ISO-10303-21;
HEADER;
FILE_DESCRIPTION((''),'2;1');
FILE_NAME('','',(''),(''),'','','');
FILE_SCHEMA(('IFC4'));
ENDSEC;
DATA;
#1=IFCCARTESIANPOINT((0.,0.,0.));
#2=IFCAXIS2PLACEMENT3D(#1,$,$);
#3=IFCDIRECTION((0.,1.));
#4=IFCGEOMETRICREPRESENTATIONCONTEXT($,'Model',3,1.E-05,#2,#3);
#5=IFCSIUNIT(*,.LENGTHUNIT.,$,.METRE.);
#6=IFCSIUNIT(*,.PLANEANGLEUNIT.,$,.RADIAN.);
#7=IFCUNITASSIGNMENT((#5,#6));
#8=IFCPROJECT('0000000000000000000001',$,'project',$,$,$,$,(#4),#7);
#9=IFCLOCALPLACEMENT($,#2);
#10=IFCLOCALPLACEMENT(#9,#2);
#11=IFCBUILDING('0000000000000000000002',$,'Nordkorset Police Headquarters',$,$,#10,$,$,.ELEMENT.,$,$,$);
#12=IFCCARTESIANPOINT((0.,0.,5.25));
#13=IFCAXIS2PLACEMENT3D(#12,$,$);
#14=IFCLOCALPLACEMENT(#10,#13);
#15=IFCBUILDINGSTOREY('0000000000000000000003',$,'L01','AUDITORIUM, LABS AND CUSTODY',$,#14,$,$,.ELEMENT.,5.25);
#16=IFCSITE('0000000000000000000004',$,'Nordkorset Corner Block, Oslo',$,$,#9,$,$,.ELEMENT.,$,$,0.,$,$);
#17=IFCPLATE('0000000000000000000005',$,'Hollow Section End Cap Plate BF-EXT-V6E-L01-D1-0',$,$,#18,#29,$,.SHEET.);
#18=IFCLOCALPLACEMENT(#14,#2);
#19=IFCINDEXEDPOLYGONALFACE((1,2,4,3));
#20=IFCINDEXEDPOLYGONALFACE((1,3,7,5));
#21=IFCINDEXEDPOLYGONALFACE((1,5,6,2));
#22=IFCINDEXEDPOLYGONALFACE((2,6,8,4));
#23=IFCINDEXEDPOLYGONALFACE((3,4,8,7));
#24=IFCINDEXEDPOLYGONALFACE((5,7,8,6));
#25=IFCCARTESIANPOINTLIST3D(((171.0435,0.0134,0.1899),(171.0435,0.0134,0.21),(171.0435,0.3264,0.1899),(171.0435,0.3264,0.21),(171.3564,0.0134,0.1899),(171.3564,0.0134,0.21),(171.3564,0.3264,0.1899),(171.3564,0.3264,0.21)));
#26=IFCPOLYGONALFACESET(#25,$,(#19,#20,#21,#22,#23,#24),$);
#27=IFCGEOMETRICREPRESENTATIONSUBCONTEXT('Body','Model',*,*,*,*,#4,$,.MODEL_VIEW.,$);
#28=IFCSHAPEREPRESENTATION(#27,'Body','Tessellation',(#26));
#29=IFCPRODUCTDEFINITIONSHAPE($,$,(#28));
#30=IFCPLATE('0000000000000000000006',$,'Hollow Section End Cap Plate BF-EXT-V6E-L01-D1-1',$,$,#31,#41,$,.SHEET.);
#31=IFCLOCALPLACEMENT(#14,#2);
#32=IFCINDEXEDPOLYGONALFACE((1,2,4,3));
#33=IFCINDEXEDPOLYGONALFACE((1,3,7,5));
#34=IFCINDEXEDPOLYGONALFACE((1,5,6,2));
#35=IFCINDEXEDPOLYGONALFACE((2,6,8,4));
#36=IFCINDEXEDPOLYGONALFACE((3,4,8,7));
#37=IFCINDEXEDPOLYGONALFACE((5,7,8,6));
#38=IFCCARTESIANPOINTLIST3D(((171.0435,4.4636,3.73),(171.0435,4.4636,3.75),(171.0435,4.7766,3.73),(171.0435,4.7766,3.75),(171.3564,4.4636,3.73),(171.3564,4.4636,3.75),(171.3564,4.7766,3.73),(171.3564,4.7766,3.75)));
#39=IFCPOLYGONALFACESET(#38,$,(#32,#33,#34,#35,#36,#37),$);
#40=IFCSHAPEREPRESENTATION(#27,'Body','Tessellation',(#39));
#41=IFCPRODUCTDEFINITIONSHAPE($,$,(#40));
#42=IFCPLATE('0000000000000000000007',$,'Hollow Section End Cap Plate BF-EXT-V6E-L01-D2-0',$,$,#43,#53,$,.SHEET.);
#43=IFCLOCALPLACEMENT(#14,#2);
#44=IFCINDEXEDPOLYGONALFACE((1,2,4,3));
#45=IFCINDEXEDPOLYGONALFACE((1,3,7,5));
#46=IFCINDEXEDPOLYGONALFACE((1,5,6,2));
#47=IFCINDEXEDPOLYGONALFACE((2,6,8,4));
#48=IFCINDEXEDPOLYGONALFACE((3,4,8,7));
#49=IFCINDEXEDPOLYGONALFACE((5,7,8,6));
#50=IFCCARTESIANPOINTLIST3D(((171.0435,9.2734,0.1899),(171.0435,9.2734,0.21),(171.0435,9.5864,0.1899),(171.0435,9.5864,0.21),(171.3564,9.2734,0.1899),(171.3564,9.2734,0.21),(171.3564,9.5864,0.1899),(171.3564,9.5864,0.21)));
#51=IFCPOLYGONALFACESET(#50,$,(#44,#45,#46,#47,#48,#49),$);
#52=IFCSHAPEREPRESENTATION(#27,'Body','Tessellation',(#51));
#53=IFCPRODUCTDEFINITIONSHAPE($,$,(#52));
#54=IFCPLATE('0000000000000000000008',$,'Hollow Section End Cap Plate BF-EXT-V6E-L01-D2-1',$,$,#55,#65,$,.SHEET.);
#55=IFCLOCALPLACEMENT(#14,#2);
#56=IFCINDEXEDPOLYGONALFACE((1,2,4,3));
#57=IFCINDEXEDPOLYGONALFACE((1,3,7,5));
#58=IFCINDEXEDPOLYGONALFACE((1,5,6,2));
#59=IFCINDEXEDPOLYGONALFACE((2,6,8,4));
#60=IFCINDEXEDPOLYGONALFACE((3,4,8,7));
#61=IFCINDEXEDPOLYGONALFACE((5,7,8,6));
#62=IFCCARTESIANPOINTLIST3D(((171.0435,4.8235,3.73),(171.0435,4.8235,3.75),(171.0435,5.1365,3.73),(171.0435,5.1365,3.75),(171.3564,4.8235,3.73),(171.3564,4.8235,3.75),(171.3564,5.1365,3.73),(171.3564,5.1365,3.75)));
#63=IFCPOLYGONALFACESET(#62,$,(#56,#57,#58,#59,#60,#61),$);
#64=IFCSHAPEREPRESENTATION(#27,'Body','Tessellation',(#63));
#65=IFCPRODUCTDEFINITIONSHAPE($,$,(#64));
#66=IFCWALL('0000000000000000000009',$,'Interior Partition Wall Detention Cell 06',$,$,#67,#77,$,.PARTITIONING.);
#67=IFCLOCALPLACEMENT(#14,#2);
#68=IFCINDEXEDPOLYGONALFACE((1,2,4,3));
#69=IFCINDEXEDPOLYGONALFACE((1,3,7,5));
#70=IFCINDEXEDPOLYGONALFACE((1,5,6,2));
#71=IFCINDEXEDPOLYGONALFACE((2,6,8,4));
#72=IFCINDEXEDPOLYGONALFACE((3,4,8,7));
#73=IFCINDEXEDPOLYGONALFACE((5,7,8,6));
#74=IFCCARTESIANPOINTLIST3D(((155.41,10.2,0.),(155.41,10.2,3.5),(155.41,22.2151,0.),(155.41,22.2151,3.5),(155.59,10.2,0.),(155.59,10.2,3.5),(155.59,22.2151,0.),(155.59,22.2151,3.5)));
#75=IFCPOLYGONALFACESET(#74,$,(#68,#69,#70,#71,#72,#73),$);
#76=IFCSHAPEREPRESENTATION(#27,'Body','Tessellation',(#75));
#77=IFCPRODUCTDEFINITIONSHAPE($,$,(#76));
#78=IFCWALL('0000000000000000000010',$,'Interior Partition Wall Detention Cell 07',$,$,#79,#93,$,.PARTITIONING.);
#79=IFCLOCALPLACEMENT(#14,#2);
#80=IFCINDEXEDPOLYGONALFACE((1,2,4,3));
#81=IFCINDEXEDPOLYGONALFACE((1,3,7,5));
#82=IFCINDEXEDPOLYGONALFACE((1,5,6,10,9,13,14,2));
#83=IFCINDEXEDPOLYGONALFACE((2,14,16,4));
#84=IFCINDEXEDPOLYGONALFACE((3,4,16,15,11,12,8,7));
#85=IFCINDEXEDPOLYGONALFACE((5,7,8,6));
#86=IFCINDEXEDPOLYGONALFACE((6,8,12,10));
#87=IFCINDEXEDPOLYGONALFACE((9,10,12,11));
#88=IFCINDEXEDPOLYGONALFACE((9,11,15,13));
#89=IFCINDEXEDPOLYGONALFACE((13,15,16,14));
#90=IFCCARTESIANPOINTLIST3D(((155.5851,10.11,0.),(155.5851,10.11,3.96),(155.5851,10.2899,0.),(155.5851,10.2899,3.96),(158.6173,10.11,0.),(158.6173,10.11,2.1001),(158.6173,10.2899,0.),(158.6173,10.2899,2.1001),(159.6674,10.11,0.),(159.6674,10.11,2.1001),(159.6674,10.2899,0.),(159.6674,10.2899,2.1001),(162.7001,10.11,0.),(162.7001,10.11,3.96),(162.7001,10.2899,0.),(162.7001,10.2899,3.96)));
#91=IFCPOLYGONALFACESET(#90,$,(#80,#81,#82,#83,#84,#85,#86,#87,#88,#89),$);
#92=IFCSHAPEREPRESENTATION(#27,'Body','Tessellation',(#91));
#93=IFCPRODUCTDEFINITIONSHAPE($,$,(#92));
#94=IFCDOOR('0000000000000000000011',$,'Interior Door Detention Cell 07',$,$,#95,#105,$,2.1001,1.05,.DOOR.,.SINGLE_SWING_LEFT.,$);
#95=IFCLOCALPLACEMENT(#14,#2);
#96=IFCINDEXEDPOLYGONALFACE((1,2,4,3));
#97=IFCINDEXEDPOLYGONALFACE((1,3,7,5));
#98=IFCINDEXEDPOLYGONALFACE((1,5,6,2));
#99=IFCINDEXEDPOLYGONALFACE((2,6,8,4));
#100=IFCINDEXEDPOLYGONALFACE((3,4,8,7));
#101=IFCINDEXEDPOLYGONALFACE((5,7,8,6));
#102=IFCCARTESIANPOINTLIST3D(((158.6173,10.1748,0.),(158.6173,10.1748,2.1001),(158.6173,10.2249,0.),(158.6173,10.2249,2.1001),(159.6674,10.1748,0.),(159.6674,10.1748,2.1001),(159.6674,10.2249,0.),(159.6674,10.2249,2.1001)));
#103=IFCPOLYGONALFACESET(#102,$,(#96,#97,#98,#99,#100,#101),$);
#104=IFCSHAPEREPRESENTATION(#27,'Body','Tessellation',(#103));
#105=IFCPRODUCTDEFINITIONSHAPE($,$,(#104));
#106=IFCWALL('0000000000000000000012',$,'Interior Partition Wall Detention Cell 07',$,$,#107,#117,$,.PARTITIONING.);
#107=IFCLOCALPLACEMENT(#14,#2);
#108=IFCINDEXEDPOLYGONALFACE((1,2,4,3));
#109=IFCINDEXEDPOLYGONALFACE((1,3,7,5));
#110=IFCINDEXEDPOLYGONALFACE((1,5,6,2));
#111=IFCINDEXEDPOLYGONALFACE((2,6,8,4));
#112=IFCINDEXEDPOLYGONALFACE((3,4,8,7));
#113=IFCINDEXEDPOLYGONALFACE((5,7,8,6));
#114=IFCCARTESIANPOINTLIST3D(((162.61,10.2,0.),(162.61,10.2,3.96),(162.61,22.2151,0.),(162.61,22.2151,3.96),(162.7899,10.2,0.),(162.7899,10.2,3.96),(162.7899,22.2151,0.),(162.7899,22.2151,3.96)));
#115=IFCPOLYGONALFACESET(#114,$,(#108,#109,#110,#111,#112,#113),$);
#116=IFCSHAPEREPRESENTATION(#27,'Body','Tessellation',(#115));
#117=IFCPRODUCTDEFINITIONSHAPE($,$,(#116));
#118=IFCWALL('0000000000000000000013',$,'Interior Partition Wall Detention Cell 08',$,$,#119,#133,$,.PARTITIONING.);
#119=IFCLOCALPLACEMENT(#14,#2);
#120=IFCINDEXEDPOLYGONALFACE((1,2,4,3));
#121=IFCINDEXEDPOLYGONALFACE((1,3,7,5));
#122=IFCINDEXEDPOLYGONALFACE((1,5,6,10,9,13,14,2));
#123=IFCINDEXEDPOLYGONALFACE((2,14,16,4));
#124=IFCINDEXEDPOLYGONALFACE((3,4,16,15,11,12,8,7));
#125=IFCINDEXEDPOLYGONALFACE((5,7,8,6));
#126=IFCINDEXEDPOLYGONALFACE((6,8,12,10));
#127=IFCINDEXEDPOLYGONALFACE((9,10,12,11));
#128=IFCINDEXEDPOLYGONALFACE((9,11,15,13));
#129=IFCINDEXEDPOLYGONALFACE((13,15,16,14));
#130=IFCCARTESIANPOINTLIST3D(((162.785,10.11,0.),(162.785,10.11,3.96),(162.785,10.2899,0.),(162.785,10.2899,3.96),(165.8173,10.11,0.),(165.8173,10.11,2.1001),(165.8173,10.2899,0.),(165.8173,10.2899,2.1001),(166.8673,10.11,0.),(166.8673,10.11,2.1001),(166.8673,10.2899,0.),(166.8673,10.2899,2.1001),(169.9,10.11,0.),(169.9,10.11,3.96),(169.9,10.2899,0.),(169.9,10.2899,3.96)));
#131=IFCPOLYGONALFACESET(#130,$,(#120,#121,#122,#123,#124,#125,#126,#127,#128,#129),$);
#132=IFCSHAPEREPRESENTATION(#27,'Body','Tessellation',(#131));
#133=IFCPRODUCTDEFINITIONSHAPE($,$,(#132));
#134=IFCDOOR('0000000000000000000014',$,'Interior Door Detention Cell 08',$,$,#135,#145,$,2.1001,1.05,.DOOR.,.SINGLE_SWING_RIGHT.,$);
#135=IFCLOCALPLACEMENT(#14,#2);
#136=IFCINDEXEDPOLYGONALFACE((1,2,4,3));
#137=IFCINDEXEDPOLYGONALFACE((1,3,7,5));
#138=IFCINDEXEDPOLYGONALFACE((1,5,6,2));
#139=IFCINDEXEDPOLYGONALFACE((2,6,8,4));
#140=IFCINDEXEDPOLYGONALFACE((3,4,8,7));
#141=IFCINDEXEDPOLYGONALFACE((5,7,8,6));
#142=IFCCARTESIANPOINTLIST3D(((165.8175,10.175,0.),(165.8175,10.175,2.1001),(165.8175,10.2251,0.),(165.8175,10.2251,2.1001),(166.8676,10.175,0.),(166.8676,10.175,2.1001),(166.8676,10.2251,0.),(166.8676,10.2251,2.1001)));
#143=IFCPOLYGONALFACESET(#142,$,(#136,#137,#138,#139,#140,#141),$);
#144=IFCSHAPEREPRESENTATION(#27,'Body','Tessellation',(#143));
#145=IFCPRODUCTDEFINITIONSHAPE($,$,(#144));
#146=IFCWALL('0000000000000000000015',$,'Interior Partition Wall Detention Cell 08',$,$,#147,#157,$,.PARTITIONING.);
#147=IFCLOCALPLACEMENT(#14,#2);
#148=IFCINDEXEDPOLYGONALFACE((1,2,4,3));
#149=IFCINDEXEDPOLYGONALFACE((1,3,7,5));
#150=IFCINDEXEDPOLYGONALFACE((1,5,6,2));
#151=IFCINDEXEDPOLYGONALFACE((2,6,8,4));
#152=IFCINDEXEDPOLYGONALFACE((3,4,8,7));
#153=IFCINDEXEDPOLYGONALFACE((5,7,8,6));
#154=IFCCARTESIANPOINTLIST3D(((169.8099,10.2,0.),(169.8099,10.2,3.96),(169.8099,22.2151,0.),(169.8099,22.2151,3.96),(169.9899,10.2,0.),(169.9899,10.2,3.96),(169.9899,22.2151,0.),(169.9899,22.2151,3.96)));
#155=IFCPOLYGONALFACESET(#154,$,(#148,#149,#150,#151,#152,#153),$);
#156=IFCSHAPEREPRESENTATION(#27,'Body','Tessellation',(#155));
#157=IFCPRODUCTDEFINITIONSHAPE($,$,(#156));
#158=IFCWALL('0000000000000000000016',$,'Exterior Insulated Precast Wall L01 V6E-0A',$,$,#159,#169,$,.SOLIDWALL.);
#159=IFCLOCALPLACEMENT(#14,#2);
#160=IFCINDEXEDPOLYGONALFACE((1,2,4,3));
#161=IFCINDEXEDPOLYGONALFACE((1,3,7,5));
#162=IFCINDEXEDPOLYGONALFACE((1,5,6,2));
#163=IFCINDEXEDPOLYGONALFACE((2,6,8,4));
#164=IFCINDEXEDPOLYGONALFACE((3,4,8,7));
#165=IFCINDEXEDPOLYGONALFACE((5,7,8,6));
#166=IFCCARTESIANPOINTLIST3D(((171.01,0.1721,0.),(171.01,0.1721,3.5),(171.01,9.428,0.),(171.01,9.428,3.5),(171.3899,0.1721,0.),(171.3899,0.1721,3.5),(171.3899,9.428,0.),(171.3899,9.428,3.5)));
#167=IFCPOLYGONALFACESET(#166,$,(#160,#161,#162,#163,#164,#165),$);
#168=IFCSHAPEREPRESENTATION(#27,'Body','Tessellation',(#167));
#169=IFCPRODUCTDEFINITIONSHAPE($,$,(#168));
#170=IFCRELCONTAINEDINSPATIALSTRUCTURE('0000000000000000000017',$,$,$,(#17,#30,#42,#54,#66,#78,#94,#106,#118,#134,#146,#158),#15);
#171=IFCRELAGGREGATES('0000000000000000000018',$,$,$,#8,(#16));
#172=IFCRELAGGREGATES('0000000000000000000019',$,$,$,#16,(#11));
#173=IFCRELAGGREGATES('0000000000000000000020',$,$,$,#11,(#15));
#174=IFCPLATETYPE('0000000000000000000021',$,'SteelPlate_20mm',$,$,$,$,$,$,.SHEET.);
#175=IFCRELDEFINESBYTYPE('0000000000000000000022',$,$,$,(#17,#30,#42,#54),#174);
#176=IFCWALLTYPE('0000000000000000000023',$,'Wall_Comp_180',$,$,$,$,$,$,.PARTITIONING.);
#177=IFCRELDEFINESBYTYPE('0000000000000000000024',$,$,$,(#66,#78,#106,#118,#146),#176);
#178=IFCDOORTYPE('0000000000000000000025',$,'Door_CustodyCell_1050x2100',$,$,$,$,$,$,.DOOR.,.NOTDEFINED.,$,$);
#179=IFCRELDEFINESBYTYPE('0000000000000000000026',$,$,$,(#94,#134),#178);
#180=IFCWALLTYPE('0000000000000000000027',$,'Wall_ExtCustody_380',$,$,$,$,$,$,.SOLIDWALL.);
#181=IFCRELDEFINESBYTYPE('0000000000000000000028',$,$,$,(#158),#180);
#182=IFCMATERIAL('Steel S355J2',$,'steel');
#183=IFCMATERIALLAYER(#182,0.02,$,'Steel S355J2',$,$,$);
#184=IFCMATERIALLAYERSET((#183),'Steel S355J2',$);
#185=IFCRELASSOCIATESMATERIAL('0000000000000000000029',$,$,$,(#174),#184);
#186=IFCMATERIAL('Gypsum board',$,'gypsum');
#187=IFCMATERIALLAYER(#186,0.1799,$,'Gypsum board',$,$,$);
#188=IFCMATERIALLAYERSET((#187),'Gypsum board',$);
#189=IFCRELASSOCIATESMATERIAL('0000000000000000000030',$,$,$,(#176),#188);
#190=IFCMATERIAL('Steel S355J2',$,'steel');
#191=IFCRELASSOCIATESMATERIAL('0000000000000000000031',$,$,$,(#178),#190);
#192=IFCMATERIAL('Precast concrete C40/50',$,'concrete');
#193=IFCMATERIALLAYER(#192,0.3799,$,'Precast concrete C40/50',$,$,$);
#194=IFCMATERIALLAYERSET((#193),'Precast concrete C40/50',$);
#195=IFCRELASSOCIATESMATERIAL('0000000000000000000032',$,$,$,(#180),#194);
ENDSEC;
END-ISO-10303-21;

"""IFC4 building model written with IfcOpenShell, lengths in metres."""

from ifc_helpers import new_model, si_unit, direction, frame, frame_2d, origin, origin_2d, place, context, subcontext, project, spatial, rectangle, extrude, material, layer, layer_set, type_object, element, fill, save


model = new_model("IFC4")

# Units and contexts
model_context = context("Model", 3, precision=1e-05, world=origin(), true_north=direction((0.0, 1.0)))
body_context = subcontext(model_context, "Body", "Model", "MODEL_VIEW")
ifc_project = project(units=[si_unit("LENGTHUNIT", "METRE"), si_unit("PLANEANGLEUNIT", "RADIAN")], contexts=[model_context])

# Site, building, storey
site_placement = place(None, origin())
site = spatial("IfcSite", under=ifc_project, at=site_placement, Name="Nordkorset Corner Block, Oslo", CompositionType="ELEMENT", RefElevation=0.0)
building_placement = place(site_placement, origin())
building = spatial("IfcBuilding", under=site, at=building_placement, Name="Nordkorset Police Headquarters", CompositionType="ELEMENT")
storey_placement = place(building_placement, frame((0.0, 0.0, 5.25)))
storey = spatial("IfcBuildingStorey", under=building, at=storey_placement, Name="L01", Description="AUDITORIUM, LABS AND CUSTODY", CompositionType="ELEMENT", Elevation=5.25)

# Plates
ifc_material_1 = material(Name="Steel S355J2", Category="steel")
ifc_layer_1 = layer(ifc_material_1, 0.02, Name="Steel S355J2")
ifc_layer_set_1 = layer_set([ifc_layer_1], Name="Steel S355J2")
plate_type = type_object("IfcPlateType", Name="SteelPlate_20mm", PredefinedType="SHEET", material=ifc_layer_set_1)
for number, where, z_axis, x_axis, name in (
    (1, (171.2, 0.1699, 0.1899), (0.0, 0.0, 1.0), (1.0, 0.0, 0.0), "Hollow Section End Cap Plate BF-EXT-V6E-L01-D1-0"),
    (2, (171.2, 4.6201, 3.73), (0.0, 0.0, 1.0), (1.0, 0.0, 0.0), "Hollow Section End Cap Plate BF-EXT-V6E-L01-D1-1"),
    (3, (171.2, 9.4299, 0.1899), (0.0, 0.0, 1.0), (1.0, 0.0, 0.0), "Hollow Section End Cap Plate BF-EXT-V6E-L01-D2-0"),
    (4, (171.2, 4.98, 3.73), (0.0, 0.0, 1.0), (1.0, 0.0, 0.0), "Hollow Section End Cap Plate BF-EXT-V6E-L01-D2-1"),
):
    element("IfcPlate", number, at=place(storey_placement, frame(where, z_axis=z_axis, x_axis=x_axis)), inside=storey, type_object=plate_type, Name=name, PredefinedType="SHEET", context=body_context, shape_type="SweptSolid", body=[
        extrude(rectangle(XDim=0.313, YDim=0.313, at=origin_2d()), origin(), (0.0, 0.0, 1.0), 0.02),
    ])

# Wall
ifc_material_2 = material(Name="Gypsum board", Category="gypsum")
ifc_layer_2 = layer(ifc_material_2, 0.1799, Name="Gypsum board")
ifc_layer_set_2 = layer_set([ifc_layer_2], Name="Gypsum board")
wall_type_1 = type_object("IfcWallType", Name="Wall_Comp_180", PredefinedType="PARTITIONING", material=ifc_layer_set_2)
wall_1_placement = place(storey_placement, frame((155.5, 10.2, 0.0), z_axis=(0.0, 0.0, 1.0), x_axis=(0.0, 1.0, 0.0)))
element("IfcWall", 5, at=wall_1_placement, inside=storey, type_object=wall_type_1, Name="Interior Partition Wall Detention Cell 06", PredefinedType="PARTITIONING", context=body_context, shape_type="SweptSolid", body=[
    extrude(rectangle(XDim=12.0151, YDim=0.1799, at=frame_2d((6.0076, 0.0))), origin(), (0.0, 0.0, 1.0), 3.5),
])

# Wall, opening, door
wall_2_placement = place(storey_placement, frame((155.585, 10.2, 0.0), z_axis=(0.0, 0.0, 1.0), x_axis=(1.0, 0.0, 0.0)))
wall_2 = element("IfcWall", 6, at=wall_2_placement, inside=storey, type_object=wall_type_1, Name="Interior Partition Wall Detention Cell 07", PredefinedType="PARTITIONING", context=body_context, shape_type="SweptSolid", body=[
    extrude(rectangle(XDim=7.115, YDim=0.1799, at=frame_2d((3.5576, 0.0))), origin(), (0.0, 0.0, 1.0), 3.96),
])
opening_1_placement = place(wall_2_placement, frame((3.0325, 0.0, 0.0)))
opening_1 = element("IfcOpeningElement", 7, at=opening_1_placement, cuts=wall_2, PredefinedType="OPENING", context=body_context, shape_type="SweptSolid", body=[
    extrude(rectangle(XDim=1.05, YDim=2.1001, at=frame_2d((0.5249, 1.05))), frame((0.0, 0.1001, 0.0), z_axis=(0.0, -1.0, 0.0), x_axis=(1.0, 0.0, 0.0)), (0.0, 0.0, 1.0), 0.2),
])
ifc_material_3 = material(Name="Steel S355J2", Category="steel")
door_type_1 = type_object("IfcDoorType", Name="Door_CustodyCell_1050x2100", OperationType="NOTDEFINED", PredefinedType="DOOR", material=ifc_material_3)
door_1_placement = place(opening_1_placement, origin())
door_1 = element("IfcDoor", 8, at=door_1_placement, inside=storey, type_object=door_type_1, Name="Interior Door Detention Cell 07", OperationType="SINGLE_SWING_LEFT", OverallHeight=2.1001, OverallWidth=1.05, PredefinedType="DOOR", context=body_context, shape_type="SweptSolid", body=[
    extrude(rectangle(XDim=1.05, YDim=2.1001, at=frame_2d((0.5249, 1.05))), frame((0.0, 0.0249, 0.0), z_axis=(0.0, -1.0, 0.0), x_axis=(1.0, 0.0, 0.0)), (0.0, 0.0, 1.0), 0.05),
])
fill(opening_1, door_1)

# Wall
wall_3_placement = place(storey_placement, frame((162.7, 10.2, 0.0), z_axis=(0.0, 0.0, 1.0), x_axis=(0.0, 1.0, 0.0)))
element("IfcWall", 9, at=wall_3_placement, inside=storey, type_object=wall_type_1, Name="Interior Partition Wall Detention Cell 07", PredefinedType="PARTITIONING", context=body_context, shape_type="SweptSolid", body=[
    extrude(rectangle(XDim=12.0151, YDim=0.1799, at=frame_2d((6.0076, 0.0))), origin(), (0.0, 0.0, 1.0), 3.96),
])

# Wall, opening, door
wall_4_placement = place(storey_placement, frame((162.7849, 10.2, 0.0), z_axis=(0.0, 0.0, 1.0), x_axis=(1.0, 0.0, 0.0)))
wall_4 = element("IfcWall", 10, at=wall_4_placement, inside=storey, type_object=wall_type_1, Name="Interior Partition Wall Detention Cell 08", PredefinedType="PARTITIONING", context=body_context, shape_type="SweptSolid", body=[
    extrude(rectangle(XDim=7.115, YDim=0.1799, at=frame_2d((3.5576, 0.0))), origin(), (0.0, 0.0, 1.0), 3.96),
])
opening_2_placement = place(wall_4_placement, frame((3.0325, 0.0, 0.0)))
opening_2 = element("IfcOpeningElement", 11, at=opening_2_placement, cuts=wall_4, PredefinedType="OPENING", context=body_context, shape_type="SweptSolid", body=[
    extrude(rectangle(XDim=1.05, YDim=2.1001, at=frame_2d((0.5249, 1.05))), frame((0.0, 0.1001, 0.0), z_axis=(0.0, -1.0, 0.0), x_axis=(1.0, 0.0, 0.0)), (0.0, 0.0, 1.0), 0.2),
])
door_2_placement = place(opening_2_placement, frame((1.05, 0.0, 0.0), z_axis=(0.0, 0.0, 1.0), x_axis=(-1.0, 0.0, 0.0)))
door_2 = element("IfcDoor", 12, at=door_2_placement, inside=storey, type_object=door_type_1, Name="Interior Door Detention Cell 08", OperationType="SINGLE_SWING_RIGHT", OverallHeight=2.1001, OverallWidth=1.05, PredefinedType="DOOR", context=body_context, shape_type="SweptSolid", body=[
    extrude(rectangle(XDim=1.05, YDim=2.1001, at=frame_2d((0.5249, 1.05))), frame((0.0, 0.0249, 0.0), z_axis=(0.0, -1.0, 0.0), x_axis=(1.0, 0.0, 0.0)), (0.0, 0.0, 1.0), 0.05),
])
fill(opening_2, door_2)

# Walls
wall_5_placement = place(storey_placement, frame((169.8999, 10.2, 0.0), z_axis=(0.0, 0.0, 1.0), x_axis=(0.0, 1.0, 0.0)))
element("IfcWall", 13, at=wall_5_placement, inside=storey, type_object=wall_type_1, Name="Interior Partition Wall Detention Cell 08", PredefinedType="PARTITIONING", context=body_context, shape_type="SweptSolid", body=[
    extrude(rectangle(XDim=12.0151, YDim=0.1799, at=frame_2d((6.0076, 0.0))), origin(), (0.0, 0.0, 1.0), 3.96),
])
ifc_material_4 = material(Name="Precast concrete C40/50", Category="concrete")
ifc_layer_3 = layer(ifc_material_4, 0.3799, Name="Precast concrete C40/50")
ifc_layer_set_3 = layer_set([ifc_layer_3], Name="Precast concrete C40/50")
wall_type_2 = type_object("IfcWallType", Name="Wall_ExtCustody_380", PredefinedType="SOLIDWALL", material=ifc_layer_set_3)
wall_6_placement = place(storey_placement, frame((171.2, 0.1721, 0.0), z_axis=(0.0, 0.0, 1.0), x_axis=(0.0, 1.0, 0.0)))
element("IfcWall", 14, at=wall_6_placement, inside=storey, type_object=wall_type_2, Name="Exterior Insulated Precast Wall L01 V6E-0A", PredefinedType="SOLIDWALL", context=body_context, shape_type="SweptSolid", body=[
    extrude(rectangle(XDim=9.2559, YDim=0.3799, at=frame_2d((4.6279, 0.0))), origin(), (0.0, 0.0, 1.0), 3.5),
])

save(model, "model.ifc")
